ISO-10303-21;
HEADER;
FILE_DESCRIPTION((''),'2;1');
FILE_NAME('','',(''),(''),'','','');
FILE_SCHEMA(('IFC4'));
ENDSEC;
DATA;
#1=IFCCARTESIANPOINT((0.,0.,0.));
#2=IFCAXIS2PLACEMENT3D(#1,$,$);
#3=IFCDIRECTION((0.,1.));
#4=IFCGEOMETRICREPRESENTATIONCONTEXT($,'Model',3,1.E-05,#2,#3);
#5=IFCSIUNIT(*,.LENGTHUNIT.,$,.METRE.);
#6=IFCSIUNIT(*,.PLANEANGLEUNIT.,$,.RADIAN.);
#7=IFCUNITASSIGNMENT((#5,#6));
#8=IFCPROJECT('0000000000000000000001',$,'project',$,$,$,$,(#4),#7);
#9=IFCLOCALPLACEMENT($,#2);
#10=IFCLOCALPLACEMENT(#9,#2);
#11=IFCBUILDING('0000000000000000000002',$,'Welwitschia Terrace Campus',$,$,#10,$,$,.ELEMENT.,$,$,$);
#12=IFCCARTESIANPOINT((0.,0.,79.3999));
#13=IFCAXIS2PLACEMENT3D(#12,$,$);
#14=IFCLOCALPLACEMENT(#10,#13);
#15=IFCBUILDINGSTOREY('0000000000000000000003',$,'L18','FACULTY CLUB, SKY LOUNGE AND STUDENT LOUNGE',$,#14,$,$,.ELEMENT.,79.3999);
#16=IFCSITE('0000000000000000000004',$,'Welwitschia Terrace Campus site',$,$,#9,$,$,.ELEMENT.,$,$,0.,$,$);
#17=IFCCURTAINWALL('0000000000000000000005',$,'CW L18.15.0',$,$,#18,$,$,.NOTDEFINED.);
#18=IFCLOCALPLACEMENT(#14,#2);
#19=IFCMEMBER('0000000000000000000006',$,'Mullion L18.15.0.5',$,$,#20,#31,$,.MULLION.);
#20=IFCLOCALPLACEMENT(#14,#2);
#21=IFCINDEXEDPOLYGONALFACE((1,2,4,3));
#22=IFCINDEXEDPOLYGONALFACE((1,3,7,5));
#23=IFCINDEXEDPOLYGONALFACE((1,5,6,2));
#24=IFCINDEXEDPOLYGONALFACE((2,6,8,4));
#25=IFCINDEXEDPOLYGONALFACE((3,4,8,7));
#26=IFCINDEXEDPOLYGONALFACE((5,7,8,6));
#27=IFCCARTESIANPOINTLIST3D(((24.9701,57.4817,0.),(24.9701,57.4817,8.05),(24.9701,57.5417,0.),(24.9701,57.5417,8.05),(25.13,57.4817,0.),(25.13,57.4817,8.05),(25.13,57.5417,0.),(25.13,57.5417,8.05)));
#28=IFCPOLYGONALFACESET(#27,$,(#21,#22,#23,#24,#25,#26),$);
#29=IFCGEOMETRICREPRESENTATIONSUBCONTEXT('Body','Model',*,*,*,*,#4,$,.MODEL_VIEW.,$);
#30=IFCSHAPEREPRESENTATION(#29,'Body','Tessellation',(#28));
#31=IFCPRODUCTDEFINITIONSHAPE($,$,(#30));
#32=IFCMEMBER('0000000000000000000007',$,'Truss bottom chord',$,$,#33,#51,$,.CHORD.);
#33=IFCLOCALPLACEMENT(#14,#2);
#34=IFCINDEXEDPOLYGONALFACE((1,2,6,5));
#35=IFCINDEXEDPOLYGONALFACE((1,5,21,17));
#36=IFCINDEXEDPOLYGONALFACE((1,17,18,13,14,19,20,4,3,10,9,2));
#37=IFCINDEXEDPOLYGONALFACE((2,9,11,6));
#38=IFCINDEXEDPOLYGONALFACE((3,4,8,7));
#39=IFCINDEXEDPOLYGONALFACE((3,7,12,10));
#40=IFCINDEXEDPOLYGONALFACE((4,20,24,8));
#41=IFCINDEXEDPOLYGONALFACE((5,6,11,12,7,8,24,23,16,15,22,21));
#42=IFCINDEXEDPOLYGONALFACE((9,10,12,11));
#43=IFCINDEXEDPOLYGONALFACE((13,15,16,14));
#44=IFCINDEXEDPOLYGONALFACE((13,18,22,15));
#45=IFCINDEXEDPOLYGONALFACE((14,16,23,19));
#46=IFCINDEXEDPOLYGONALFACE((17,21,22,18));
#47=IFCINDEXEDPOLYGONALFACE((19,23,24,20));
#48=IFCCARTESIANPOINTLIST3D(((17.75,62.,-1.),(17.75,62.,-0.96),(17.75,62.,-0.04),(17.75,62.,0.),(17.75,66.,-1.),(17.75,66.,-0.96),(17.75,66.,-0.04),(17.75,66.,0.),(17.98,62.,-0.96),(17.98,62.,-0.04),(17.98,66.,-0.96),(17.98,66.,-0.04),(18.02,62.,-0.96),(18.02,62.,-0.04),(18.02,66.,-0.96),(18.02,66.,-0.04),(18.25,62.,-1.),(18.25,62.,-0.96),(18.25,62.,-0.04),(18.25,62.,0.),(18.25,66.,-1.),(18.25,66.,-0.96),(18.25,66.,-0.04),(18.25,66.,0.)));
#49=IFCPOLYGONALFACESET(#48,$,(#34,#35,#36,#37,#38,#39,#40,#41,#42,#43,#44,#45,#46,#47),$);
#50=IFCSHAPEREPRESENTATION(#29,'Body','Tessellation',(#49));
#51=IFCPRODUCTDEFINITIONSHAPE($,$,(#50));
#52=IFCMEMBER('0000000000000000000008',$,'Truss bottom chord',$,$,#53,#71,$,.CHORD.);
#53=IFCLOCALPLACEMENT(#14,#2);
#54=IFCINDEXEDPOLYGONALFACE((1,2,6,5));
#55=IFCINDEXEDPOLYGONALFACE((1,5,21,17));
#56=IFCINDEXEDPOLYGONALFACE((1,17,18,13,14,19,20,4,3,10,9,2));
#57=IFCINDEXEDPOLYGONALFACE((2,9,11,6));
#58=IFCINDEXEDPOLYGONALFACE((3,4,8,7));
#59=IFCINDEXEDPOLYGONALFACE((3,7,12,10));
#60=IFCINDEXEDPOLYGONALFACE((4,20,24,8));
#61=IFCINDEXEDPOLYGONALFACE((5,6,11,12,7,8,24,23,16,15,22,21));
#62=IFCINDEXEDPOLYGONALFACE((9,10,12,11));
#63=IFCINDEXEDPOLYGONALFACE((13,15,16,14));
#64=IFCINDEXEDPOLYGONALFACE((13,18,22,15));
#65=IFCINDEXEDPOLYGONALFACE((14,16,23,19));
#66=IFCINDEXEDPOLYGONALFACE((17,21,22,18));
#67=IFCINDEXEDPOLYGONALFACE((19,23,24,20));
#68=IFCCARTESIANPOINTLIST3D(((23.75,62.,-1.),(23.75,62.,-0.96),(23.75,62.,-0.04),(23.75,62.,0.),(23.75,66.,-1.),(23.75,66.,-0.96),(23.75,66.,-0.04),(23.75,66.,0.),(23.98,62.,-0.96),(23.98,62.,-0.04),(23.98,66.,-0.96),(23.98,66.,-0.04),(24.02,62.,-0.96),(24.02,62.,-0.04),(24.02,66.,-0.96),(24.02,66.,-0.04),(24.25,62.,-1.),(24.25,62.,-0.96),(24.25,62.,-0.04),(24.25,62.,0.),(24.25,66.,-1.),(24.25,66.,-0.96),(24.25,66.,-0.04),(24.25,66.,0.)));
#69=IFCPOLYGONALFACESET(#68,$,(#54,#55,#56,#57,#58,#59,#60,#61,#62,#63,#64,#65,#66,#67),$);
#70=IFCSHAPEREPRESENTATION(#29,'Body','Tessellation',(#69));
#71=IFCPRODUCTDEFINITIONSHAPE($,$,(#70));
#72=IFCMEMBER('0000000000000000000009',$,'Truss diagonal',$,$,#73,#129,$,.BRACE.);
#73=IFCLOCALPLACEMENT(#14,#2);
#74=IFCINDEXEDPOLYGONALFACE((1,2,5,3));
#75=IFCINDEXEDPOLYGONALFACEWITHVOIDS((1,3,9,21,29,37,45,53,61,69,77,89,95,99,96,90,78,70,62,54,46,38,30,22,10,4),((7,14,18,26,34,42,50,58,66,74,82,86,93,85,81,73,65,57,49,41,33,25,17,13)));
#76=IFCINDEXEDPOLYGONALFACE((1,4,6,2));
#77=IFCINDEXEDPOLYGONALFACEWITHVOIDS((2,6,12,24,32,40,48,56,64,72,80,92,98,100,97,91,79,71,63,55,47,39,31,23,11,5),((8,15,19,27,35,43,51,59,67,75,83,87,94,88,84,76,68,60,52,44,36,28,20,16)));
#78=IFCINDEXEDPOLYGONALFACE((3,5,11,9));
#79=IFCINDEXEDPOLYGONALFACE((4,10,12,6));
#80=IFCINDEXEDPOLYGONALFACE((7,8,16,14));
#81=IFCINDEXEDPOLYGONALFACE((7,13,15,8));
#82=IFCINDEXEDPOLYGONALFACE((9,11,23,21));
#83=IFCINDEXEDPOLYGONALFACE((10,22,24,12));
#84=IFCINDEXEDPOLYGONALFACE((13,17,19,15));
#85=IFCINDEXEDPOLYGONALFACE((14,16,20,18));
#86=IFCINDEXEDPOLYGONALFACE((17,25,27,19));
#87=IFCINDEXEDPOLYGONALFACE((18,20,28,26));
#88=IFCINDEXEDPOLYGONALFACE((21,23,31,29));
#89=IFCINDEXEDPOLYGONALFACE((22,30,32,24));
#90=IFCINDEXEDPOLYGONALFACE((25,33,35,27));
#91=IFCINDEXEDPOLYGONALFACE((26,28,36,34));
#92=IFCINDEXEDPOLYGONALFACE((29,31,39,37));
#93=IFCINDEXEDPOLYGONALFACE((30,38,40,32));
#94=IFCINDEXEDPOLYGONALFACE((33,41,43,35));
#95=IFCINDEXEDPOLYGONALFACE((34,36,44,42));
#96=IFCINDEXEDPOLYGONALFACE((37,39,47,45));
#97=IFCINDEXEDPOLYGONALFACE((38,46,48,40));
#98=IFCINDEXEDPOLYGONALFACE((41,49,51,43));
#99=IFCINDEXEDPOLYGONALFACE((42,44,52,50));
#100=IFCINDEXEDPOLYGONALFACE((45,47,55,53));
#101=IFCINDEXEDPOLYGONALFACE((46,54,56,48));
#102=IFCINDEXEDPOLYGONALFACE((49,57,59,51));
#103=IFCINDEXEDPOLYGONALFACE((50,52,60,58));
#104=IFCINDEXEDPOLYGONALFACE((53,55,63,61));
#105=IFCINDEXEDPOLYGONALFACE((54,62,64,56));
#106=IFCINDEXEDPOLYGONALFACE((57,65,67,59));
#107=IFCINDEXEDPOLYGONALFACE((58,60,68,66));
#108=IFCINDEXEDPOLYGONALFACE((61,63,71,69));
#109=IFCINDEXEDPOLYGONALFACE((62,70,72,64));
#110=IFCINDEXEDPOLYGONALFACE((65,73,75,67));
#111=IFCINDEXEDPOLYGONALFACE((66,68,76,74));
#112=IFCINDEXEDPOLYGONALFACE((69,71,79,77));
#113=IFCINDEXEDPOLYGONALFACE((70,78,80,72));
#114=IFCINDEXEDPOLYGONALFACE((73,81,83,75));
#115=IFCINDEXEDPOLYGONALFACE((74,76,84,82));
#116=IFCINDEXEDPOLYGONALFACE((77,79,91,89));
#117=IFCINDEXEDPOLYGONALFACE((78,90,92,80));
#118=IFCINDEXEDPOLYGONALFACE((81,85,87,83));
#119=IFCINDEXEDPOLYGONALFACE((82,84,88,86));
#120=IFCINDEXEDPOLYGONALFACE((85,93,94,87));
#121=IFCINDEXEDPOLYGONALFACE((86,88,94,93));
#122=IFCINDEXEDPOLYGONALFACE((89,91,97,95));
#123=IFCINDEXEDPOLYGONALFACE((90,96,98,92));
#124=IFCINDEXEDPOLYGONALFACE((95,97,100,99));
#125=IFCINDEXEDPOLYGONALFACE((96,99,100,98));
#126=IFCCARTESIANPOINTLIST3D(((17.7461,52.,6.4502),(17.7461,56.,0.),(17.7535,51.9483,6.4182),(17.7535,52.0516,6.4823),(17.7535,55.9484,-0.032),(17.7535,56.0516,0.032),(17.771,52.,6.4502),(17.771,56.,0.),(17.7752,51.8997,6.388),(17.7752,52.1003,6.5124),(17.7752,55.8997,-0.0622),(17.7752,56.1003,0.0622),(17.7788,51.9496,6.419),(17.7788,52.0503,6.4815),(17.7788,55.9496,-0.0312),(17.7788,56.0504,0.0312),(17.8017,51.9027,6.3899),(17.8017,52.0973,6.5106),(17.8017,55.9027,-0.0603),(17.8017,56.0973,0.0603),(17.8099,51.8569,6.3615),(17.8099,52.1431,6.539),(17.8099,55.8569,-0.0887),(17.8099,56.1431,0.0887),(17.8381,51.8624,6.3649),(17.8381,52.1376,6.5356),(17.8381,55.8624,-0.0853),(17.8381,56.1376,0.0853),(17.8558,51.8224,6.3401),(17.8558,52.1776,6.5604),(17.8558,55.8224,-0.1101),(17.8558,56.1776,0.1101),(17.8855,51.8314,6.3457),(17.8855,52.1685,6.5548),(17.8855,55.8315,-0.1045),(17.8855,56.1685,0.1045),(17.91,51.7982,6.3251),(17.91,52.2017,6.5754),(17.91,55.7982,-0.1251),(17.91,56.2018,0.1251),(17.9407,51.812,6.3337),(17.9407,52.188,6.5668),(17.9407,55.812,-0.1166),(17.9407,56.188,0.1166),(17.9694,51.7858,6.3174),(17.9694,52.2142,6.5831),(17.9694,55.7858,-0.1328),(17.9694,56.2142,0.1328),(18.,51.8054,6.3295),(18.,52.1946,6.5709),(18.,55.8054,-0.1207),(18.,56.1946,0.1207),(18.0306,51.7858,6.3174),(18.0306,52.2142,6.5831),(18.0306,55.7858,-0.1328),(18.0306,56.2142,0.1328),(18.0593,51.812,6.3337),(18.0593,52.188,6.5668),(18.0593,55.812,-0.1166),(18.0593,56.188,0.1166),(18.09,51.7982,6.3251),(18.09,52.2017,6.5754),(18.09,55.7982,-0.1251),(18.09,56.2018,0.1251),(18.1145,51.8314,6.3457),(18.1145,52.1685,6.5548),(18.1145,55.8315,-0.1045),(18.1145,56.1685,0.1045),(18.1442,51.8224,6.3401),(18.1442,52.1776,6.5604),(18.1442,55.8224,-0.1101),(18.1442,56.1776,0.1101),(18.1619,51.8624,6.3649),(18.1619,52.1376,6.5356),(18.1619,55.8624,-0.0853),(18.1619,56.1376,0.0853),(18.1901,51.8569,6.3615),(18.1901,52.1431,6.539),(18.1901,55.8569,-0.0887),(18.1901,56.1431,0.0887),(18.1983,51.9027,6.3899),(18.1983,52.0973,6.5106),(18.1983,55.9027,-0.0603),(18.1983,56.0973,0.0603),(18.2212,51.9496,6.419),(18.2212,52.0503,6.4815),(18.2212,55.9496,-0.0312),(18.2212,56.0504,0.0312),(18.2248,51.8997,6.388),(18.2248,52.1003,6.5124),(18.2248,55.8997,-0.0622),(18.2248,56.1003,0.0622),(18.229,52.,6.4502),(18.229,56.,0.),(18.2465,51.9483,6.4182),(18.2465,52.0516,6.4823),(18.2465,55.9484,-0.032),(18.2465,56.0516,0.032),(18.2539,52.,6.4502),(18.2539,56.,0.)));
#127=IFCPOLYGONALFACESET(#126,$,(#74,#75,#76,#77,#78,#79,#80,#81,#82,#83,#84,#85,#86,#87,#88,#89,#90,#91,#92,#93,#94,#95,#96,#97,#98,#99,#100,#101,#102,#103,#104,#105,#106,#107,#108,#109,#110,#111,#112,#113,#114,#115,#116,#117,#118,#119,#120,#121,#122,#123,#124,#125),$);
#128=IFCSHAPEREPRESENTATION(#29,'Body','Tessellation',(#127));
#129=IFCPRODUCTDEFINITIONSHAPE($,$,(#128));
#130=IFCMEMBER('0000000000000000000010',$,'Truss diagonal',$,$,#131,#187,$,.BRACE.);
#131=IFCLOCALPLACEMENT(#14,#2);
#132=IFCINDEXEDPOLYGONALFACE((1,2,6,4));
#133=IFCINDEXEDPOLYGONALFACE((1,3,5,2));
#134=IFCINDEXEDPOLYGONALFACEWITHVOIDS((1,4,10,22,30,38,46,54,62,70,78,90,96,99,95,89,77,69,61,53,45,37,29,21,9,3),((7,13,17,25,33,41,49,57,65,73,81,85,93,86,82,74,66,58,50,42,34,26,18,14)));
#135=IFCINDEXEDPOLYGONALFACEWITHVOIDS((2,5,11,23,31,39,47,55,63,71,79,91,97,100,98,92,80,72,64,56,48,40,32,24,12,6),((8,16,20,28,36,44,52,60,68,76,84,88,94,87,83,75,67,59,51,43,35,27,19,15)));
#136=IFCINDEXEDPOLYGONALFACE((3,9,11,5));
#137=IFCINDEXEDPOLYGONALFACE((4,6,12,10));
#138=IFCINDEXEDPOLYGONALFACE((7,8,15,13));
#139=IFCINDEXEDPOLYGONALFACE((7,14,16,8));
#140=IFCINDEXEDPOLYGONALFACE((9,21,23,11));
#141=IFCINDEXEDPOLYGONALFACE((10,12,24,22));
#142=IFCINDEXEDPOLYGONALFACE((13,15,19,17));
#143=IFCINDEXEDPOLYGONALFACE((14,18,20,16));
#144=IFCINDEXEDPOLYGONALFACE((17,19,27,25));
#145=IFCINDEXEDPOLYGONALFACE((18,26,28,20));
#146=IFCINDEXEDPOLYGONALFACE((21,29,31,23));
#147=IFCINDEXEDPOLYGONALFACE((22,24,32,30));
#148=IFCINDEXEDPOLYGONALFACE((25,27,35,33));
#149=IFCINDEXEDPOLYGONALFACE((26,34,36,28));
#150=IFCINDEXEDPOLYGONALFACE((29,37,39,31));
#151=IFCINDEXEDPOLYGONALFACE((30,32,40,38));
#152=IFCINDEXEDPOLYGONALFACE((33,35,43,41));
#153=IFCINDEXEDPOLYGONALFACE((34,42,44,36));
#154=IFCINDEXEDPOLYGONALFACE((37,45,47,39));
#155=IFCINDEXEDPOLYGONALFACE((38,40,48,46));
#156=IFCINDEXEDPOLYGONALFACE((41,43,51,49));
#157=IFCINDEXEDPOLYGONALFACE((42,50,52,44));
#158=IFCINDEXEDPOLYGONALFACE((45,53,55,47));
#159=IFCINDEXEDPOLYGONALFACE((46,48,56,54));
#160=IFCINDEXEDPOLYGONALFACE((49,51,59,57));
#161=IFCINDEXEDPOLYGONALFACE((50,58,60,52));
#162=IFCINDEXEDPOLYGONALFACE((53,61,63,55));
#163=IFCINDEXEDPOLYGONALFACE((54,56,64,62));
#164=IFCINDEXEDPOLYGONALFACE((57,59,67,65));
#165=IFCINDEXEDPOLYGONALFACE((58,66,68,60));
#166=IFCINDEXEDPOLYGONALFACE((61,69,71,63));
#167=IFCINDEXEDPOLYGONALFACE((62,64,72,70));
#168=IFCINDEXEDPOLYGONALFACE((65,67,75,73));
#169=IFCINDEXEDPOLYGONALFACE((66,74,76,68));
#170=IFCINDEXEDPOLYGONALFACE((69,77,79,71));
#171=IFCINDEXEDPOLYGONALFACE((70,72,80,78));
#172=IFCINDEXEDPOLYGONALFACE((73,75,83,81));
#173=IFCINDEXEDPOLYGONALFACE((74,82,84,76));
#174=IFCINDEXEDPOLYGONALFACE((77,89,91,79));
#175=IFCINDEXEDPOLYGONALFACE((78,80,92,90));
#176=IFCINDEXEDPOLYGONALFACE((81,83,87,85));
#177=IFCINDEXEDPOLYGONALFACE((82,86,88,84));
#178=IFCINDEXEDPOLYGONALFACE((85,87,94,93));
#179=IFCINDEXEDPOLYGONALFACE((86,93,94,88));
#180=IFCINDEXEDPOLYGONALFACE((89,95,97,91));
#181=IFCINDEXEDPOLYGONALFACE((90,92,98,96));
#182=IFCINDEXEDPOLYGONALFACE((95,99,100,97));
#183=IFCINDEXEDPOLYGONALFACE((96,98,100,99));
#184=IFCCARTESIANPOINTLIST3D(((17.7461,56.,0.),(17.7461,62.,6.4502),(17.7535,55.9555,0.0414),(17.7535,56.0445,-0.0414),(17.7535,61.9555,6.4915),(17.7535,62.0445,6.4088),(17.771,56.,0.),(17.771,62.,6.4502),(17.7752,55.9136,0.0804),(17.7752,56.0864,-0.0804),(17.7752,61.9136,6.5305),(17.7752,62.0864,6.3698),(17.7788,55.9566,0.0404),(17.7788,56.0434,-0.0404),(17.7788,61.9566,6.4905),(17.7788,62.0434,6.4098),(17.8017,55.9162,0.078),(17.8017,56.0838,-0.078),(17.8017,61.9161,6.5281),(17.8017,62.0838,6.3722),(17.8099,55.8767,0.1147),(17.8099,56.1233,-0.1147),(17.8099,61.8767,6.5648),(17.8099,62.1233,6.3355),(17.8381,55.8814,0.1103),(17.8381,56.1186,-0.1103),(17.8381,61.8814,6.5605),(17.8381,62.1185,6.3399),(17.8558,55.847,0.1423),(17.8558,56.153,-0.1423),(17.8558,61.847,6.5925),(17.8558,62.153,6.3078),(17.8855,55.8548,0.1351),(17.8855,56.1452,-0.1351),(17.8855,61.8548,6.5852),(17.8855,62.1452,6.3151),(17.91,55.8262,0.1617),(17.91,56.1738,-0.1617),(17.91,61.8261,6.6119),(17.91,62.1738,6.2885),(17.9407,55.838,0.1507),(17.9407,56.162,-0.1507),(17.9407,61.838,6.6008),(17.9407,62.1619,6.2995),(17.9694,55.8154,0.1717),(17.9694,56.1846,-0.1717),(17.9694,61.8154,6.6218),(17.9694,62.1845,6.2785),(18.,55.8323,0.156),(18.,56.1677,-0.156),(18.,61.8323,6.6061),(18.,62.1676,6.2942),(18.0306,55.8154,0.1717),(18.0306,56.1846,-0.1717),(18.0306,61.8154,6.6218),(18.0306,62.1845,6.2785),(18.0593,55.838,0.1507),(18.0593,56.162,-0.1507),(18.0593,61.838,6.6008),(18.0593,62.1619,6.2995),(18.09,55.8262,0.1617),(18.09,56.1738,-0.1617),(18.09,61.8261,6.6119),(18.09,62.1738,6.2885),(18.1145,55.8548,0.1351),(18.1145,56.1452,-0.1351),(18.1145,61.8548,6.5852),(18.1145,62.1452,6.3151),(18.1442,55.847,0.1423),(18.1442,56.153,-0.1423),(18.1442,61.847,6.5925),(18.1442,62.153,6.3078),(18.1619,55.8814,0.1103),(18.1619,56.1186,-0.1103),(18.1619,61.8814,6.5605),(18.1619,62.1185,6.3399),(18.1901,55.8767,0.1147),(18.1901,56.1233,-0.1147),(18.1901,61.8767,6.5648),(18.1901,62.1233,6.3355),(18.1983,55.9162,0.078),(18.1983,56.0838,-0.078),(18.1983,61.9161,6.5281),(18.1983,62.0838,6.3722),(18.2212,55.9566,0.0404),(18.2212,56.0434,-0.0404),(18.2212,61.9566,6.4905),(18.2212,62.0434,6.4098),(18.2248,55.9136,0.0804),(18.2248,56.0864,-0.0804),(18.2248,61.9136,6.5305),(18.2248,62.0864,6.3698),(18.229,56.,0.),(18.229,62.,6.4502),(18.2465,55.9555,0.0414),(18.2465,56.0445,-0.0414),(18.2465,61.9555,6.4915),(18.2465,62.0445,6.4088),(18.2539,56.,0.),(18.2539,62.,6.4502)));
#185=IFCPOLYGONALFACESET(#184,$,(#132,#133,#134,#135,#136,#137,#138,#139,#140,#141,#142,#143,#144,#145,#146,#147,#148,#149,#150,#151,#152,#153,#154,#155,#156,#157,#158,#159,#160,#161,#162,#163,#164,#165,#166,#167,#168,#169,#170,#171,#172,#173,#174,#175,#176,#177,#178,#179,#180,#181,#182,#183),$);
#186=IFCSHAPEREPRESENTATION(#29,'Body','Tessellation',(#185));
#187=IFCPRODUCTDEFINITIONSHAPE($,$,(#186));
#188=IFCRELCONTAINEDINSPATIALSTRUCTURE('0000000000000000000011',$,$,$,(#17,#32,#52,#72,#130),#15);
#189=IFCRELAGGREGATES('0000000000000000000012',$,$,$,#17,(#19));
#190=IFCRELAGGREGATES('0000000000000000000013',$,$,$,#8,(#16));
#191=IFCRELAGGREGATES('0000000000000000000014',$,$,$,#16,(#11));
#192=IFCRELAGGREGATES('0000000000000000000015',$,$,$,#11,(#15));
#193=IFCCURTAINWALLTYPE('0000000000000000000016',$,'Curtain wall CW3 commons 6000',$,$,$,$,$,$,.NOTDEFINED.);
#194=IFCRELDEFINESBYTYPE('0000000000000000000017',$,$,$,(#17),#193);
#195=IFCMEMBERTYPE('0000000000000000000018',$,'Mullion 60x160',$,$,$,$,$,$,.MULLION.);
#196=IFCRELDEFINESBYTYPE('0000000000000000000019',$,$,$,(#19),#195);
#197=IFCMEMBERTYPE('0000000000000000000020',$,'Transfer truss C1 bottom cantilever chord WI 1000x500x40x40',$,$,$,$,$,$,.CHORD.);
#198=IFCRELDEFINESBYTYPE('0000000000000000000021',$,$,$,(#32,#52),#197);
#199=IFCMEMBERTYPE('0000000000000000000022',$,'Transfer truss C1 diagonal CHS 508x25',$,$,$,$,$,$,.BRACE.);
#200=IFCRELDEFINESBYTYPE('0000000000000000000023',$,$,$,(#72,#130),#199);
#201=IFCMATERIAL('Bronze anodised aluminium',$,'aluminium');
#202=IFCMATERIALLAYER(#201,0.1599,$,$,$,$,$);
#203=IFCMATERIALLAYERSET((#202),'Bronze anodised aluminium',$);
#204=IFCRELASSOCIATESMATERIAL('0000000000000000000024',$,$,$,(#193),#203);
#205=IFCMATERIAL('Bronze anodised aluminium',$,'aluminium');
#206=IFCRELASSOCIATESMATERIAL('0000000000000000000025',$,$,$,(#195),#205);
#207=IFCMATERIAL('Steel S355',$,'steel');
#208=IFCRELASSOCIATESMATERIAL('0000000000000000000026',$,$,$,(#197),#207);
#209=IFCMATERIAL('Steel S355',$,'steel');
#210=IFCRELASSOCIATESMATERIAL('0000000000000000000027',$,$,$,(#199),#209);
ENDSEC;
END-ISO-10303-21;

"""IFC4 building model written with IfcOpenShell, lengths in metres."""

from ifc_helpers import new_model, si_unit, direction, frame, origin, origin_2d, place, context, subcontext, project, spatial, rectangle, hollow_circle, i_section, extrude, material, layer, layer_set, material_profile, profile_set, type_object, element, aggregate, save


model = new_model("IFC4")

# Units and contexts
model_context = context("Model", 3, precision=1e-05, world=origin(), true_north=direction((0.0, 1.0)))
body_context = subcontext(model_context, "Body", "Model", "MODEL_VIEW")
ifc_project = project(units=[si_unit("LENGTHUNIT", "METRE"), si_unit("PLANEANGLEUNIT", "RADIAN")], contexts=[model_context])

# Site, building, storey
site_placement = place(None, origin())
site = spatial("IfcSite", under=ifc_project, at=site_placement, Name="Welwitschia Terrace Campus site", CompositionType="ELEMENT", RefElevation=0.0)
building_placement = place(site_placement, origin())
building = spatial("IfcBuilding", under=site, at=building_placement, Name="Welwitschia Terrace Campus", CompositionType="ELEMENT")
storey_placement = place(building_placement, frame((0.0, 0.0, 79.3999)))
storey = spatial("IfcBuildingStorey", under=building, at=storey_placement, Name="L18", Description="FACULTY CLUB, SKY LOUNGE AND STUDENT LOUNGE", CompositionType="ELEMENT", Elevation=79.3999)

# Curtain wall, member
ifc_material_1 = material(Name="Bronze anodised aluminium", Category="aluminium")
ifc_layer_1 = layer(ifc_material_1, 0.1599)
ifc_layer_set_1 = layer_set([ifc_layer_1], Name="Bronze anodised aluminium")
curtain_wall_type = type_object("IfcCurtainWallType", Name="Curtain wall CW3 commons 6000", PredefinedType="NOTDEFINED", material=ifc_layer_set_1)
curtain_wall_1_placement = place(storey_placement, origin())
curtain_wall_1 = element("IfcCurtainWall", 1, at=curtain_wall_1_placement, inside=storey, type_object=curtain_wall_type, Name="CW L18.15.0", PredefinedType="NOTDEFINED")
ifc_material_2 = material(Name="Bronze anodised aluminium", Category="aluminium")
ifc_material_profile_1 = material_profile(ifc_material_2, rectangle(XDim=0.1599, YDim=0.0601, at=origin_2d()))
ifc_profile_set_1 = profile_set([ifc_material_profile_1], Name="Bronze anodised aluminium")
member_type_1 = type_object("IfcMemberType", Name="Mullion 60x160", PredefinedType="MULLION", material=ifc_profile_set_1)
member_1_placement = place(storey_placement, frame((25.05, 57.5117, 0.0), z_axis=(0.0, 0.0, 1.0), x_axis=(-1.0, 0.0, 0.0)))
member_1 = element("IfcMember", 2, at=member_1_placement, type_object=member_type_1, Name="Mullion L18.15.0.5", PredefinedType="MULLION", context=body_context, shape_type="SweptSolid", body=[
    extrude(rectangle(XDim=0.1599, YDim=0.0601, at=origin_2d()), origin(), (0.0, 0.0, 1.0), 8.05),
])

# Members
ifc_material_3 = material(Name="Steel S355", Category="steel")
ifc_material_profile_2 = material_profile(ifc_material_3, i_section(OverallWidth=0.5, OverallDepth=1.0, WebThickness=0.04, FlangeThickness=0.04, at=origin_2d()))
ifc_profile_set_2 = profile_set([ifc_material_profile_2], Name="Steel S355")
member_type_2 = type_object("IfcMemberType", Name="Transfer truss C1 bottom cantilever chord WI 1000x500x40x40", PredefinedType="CHORD", material=ifc_profile_set_2)
for number, where, z_axis, x_axis, name in (
    (3, (18.0, 62.0, -0.5), (0.0, 1.0, 0.0), (-1.0, 0.0, 0.0), "Truss bottom chord"),
    (4, (24.0, 62.0, -0.5), (0.0, 1.0, 0.0), (-1.0, 0.0, 0.0), "Truss bottom chord"),
):
    element("IfcMember", number, at=place(storey_placement, frame(where, z_axis=z_axis, x_axis=x_axis)), inside=storey, type_object=member_type_2, Name=name, PredefinedType="CHORD", context=body_context, shape_type="SweptSolid", body=[
        extrude(i_section(OverallWidth=0.5, OverallDepth=1.0, WebThickness=0.04, FlangeThickness=0.04, at=origin_2d()), origin(), (0.0, 0.0, 1.0), 4.0),
    ])
ifc_material_4 = material(Name="Steel S355", Category="steel")
ifc_material_profile_3 = material_profile(ifc_material_4, hollow_circle(Radius=0.2539, WallThickness=0.0249, at=origin_2d()))
ifc_profile_set_3 = profile_set([ifc_material_profile_3], Name="Steel S355")
member_type_3 = type_object("IfcMemberType", Name="Transfer truss C1 diagonal CHS 508x25", PredefinedType="BRACE", material=ifc_profile_set_3)
member_2_placement = place(storey_placement, frame((18.0, 56.0, 0.0), z_axis=(0.0, -0.527023, 0.849851), x_axis=(1.0, 0.0, 0.0)))
element("IfcMember", 5, at=member_2_placement, inside=storey, type_object=member_type_3, Name="Truss diagonal", PredefinedType="BRACE", context=body_context, shape_type="SweptSolid", body=[
    extrude(hollow_circle(Radius=0.2539, WallThickness=0.0249, at=origin_2d()), origin(), (0.0, 0.0, 1.0), 7.5898),
])
member_3_placement = place(storey_placement, frame((18.0, 56.0, 0.0), z_axis=(0.0, 0.681093, 0.732197), x_axis=(-1.0, 0.0, 0.0)))
element("IfcMember", 6, at=member_3_placement, inside=storey, type_object=member_type_3, Name="Truss diagonal", PredefinedType="BRACE", context=body_context, shape_type="SweptSolid", body=[
    extrude(hollow_circle(Radius=0.2539, WallThickness=0.0249, at=origin_2d()), origin(), (0.0, 0.0, 1.0), 8.8093),
])

aggregate(curtain_wall_1, [member_1])

save(model, "model.ifc")
